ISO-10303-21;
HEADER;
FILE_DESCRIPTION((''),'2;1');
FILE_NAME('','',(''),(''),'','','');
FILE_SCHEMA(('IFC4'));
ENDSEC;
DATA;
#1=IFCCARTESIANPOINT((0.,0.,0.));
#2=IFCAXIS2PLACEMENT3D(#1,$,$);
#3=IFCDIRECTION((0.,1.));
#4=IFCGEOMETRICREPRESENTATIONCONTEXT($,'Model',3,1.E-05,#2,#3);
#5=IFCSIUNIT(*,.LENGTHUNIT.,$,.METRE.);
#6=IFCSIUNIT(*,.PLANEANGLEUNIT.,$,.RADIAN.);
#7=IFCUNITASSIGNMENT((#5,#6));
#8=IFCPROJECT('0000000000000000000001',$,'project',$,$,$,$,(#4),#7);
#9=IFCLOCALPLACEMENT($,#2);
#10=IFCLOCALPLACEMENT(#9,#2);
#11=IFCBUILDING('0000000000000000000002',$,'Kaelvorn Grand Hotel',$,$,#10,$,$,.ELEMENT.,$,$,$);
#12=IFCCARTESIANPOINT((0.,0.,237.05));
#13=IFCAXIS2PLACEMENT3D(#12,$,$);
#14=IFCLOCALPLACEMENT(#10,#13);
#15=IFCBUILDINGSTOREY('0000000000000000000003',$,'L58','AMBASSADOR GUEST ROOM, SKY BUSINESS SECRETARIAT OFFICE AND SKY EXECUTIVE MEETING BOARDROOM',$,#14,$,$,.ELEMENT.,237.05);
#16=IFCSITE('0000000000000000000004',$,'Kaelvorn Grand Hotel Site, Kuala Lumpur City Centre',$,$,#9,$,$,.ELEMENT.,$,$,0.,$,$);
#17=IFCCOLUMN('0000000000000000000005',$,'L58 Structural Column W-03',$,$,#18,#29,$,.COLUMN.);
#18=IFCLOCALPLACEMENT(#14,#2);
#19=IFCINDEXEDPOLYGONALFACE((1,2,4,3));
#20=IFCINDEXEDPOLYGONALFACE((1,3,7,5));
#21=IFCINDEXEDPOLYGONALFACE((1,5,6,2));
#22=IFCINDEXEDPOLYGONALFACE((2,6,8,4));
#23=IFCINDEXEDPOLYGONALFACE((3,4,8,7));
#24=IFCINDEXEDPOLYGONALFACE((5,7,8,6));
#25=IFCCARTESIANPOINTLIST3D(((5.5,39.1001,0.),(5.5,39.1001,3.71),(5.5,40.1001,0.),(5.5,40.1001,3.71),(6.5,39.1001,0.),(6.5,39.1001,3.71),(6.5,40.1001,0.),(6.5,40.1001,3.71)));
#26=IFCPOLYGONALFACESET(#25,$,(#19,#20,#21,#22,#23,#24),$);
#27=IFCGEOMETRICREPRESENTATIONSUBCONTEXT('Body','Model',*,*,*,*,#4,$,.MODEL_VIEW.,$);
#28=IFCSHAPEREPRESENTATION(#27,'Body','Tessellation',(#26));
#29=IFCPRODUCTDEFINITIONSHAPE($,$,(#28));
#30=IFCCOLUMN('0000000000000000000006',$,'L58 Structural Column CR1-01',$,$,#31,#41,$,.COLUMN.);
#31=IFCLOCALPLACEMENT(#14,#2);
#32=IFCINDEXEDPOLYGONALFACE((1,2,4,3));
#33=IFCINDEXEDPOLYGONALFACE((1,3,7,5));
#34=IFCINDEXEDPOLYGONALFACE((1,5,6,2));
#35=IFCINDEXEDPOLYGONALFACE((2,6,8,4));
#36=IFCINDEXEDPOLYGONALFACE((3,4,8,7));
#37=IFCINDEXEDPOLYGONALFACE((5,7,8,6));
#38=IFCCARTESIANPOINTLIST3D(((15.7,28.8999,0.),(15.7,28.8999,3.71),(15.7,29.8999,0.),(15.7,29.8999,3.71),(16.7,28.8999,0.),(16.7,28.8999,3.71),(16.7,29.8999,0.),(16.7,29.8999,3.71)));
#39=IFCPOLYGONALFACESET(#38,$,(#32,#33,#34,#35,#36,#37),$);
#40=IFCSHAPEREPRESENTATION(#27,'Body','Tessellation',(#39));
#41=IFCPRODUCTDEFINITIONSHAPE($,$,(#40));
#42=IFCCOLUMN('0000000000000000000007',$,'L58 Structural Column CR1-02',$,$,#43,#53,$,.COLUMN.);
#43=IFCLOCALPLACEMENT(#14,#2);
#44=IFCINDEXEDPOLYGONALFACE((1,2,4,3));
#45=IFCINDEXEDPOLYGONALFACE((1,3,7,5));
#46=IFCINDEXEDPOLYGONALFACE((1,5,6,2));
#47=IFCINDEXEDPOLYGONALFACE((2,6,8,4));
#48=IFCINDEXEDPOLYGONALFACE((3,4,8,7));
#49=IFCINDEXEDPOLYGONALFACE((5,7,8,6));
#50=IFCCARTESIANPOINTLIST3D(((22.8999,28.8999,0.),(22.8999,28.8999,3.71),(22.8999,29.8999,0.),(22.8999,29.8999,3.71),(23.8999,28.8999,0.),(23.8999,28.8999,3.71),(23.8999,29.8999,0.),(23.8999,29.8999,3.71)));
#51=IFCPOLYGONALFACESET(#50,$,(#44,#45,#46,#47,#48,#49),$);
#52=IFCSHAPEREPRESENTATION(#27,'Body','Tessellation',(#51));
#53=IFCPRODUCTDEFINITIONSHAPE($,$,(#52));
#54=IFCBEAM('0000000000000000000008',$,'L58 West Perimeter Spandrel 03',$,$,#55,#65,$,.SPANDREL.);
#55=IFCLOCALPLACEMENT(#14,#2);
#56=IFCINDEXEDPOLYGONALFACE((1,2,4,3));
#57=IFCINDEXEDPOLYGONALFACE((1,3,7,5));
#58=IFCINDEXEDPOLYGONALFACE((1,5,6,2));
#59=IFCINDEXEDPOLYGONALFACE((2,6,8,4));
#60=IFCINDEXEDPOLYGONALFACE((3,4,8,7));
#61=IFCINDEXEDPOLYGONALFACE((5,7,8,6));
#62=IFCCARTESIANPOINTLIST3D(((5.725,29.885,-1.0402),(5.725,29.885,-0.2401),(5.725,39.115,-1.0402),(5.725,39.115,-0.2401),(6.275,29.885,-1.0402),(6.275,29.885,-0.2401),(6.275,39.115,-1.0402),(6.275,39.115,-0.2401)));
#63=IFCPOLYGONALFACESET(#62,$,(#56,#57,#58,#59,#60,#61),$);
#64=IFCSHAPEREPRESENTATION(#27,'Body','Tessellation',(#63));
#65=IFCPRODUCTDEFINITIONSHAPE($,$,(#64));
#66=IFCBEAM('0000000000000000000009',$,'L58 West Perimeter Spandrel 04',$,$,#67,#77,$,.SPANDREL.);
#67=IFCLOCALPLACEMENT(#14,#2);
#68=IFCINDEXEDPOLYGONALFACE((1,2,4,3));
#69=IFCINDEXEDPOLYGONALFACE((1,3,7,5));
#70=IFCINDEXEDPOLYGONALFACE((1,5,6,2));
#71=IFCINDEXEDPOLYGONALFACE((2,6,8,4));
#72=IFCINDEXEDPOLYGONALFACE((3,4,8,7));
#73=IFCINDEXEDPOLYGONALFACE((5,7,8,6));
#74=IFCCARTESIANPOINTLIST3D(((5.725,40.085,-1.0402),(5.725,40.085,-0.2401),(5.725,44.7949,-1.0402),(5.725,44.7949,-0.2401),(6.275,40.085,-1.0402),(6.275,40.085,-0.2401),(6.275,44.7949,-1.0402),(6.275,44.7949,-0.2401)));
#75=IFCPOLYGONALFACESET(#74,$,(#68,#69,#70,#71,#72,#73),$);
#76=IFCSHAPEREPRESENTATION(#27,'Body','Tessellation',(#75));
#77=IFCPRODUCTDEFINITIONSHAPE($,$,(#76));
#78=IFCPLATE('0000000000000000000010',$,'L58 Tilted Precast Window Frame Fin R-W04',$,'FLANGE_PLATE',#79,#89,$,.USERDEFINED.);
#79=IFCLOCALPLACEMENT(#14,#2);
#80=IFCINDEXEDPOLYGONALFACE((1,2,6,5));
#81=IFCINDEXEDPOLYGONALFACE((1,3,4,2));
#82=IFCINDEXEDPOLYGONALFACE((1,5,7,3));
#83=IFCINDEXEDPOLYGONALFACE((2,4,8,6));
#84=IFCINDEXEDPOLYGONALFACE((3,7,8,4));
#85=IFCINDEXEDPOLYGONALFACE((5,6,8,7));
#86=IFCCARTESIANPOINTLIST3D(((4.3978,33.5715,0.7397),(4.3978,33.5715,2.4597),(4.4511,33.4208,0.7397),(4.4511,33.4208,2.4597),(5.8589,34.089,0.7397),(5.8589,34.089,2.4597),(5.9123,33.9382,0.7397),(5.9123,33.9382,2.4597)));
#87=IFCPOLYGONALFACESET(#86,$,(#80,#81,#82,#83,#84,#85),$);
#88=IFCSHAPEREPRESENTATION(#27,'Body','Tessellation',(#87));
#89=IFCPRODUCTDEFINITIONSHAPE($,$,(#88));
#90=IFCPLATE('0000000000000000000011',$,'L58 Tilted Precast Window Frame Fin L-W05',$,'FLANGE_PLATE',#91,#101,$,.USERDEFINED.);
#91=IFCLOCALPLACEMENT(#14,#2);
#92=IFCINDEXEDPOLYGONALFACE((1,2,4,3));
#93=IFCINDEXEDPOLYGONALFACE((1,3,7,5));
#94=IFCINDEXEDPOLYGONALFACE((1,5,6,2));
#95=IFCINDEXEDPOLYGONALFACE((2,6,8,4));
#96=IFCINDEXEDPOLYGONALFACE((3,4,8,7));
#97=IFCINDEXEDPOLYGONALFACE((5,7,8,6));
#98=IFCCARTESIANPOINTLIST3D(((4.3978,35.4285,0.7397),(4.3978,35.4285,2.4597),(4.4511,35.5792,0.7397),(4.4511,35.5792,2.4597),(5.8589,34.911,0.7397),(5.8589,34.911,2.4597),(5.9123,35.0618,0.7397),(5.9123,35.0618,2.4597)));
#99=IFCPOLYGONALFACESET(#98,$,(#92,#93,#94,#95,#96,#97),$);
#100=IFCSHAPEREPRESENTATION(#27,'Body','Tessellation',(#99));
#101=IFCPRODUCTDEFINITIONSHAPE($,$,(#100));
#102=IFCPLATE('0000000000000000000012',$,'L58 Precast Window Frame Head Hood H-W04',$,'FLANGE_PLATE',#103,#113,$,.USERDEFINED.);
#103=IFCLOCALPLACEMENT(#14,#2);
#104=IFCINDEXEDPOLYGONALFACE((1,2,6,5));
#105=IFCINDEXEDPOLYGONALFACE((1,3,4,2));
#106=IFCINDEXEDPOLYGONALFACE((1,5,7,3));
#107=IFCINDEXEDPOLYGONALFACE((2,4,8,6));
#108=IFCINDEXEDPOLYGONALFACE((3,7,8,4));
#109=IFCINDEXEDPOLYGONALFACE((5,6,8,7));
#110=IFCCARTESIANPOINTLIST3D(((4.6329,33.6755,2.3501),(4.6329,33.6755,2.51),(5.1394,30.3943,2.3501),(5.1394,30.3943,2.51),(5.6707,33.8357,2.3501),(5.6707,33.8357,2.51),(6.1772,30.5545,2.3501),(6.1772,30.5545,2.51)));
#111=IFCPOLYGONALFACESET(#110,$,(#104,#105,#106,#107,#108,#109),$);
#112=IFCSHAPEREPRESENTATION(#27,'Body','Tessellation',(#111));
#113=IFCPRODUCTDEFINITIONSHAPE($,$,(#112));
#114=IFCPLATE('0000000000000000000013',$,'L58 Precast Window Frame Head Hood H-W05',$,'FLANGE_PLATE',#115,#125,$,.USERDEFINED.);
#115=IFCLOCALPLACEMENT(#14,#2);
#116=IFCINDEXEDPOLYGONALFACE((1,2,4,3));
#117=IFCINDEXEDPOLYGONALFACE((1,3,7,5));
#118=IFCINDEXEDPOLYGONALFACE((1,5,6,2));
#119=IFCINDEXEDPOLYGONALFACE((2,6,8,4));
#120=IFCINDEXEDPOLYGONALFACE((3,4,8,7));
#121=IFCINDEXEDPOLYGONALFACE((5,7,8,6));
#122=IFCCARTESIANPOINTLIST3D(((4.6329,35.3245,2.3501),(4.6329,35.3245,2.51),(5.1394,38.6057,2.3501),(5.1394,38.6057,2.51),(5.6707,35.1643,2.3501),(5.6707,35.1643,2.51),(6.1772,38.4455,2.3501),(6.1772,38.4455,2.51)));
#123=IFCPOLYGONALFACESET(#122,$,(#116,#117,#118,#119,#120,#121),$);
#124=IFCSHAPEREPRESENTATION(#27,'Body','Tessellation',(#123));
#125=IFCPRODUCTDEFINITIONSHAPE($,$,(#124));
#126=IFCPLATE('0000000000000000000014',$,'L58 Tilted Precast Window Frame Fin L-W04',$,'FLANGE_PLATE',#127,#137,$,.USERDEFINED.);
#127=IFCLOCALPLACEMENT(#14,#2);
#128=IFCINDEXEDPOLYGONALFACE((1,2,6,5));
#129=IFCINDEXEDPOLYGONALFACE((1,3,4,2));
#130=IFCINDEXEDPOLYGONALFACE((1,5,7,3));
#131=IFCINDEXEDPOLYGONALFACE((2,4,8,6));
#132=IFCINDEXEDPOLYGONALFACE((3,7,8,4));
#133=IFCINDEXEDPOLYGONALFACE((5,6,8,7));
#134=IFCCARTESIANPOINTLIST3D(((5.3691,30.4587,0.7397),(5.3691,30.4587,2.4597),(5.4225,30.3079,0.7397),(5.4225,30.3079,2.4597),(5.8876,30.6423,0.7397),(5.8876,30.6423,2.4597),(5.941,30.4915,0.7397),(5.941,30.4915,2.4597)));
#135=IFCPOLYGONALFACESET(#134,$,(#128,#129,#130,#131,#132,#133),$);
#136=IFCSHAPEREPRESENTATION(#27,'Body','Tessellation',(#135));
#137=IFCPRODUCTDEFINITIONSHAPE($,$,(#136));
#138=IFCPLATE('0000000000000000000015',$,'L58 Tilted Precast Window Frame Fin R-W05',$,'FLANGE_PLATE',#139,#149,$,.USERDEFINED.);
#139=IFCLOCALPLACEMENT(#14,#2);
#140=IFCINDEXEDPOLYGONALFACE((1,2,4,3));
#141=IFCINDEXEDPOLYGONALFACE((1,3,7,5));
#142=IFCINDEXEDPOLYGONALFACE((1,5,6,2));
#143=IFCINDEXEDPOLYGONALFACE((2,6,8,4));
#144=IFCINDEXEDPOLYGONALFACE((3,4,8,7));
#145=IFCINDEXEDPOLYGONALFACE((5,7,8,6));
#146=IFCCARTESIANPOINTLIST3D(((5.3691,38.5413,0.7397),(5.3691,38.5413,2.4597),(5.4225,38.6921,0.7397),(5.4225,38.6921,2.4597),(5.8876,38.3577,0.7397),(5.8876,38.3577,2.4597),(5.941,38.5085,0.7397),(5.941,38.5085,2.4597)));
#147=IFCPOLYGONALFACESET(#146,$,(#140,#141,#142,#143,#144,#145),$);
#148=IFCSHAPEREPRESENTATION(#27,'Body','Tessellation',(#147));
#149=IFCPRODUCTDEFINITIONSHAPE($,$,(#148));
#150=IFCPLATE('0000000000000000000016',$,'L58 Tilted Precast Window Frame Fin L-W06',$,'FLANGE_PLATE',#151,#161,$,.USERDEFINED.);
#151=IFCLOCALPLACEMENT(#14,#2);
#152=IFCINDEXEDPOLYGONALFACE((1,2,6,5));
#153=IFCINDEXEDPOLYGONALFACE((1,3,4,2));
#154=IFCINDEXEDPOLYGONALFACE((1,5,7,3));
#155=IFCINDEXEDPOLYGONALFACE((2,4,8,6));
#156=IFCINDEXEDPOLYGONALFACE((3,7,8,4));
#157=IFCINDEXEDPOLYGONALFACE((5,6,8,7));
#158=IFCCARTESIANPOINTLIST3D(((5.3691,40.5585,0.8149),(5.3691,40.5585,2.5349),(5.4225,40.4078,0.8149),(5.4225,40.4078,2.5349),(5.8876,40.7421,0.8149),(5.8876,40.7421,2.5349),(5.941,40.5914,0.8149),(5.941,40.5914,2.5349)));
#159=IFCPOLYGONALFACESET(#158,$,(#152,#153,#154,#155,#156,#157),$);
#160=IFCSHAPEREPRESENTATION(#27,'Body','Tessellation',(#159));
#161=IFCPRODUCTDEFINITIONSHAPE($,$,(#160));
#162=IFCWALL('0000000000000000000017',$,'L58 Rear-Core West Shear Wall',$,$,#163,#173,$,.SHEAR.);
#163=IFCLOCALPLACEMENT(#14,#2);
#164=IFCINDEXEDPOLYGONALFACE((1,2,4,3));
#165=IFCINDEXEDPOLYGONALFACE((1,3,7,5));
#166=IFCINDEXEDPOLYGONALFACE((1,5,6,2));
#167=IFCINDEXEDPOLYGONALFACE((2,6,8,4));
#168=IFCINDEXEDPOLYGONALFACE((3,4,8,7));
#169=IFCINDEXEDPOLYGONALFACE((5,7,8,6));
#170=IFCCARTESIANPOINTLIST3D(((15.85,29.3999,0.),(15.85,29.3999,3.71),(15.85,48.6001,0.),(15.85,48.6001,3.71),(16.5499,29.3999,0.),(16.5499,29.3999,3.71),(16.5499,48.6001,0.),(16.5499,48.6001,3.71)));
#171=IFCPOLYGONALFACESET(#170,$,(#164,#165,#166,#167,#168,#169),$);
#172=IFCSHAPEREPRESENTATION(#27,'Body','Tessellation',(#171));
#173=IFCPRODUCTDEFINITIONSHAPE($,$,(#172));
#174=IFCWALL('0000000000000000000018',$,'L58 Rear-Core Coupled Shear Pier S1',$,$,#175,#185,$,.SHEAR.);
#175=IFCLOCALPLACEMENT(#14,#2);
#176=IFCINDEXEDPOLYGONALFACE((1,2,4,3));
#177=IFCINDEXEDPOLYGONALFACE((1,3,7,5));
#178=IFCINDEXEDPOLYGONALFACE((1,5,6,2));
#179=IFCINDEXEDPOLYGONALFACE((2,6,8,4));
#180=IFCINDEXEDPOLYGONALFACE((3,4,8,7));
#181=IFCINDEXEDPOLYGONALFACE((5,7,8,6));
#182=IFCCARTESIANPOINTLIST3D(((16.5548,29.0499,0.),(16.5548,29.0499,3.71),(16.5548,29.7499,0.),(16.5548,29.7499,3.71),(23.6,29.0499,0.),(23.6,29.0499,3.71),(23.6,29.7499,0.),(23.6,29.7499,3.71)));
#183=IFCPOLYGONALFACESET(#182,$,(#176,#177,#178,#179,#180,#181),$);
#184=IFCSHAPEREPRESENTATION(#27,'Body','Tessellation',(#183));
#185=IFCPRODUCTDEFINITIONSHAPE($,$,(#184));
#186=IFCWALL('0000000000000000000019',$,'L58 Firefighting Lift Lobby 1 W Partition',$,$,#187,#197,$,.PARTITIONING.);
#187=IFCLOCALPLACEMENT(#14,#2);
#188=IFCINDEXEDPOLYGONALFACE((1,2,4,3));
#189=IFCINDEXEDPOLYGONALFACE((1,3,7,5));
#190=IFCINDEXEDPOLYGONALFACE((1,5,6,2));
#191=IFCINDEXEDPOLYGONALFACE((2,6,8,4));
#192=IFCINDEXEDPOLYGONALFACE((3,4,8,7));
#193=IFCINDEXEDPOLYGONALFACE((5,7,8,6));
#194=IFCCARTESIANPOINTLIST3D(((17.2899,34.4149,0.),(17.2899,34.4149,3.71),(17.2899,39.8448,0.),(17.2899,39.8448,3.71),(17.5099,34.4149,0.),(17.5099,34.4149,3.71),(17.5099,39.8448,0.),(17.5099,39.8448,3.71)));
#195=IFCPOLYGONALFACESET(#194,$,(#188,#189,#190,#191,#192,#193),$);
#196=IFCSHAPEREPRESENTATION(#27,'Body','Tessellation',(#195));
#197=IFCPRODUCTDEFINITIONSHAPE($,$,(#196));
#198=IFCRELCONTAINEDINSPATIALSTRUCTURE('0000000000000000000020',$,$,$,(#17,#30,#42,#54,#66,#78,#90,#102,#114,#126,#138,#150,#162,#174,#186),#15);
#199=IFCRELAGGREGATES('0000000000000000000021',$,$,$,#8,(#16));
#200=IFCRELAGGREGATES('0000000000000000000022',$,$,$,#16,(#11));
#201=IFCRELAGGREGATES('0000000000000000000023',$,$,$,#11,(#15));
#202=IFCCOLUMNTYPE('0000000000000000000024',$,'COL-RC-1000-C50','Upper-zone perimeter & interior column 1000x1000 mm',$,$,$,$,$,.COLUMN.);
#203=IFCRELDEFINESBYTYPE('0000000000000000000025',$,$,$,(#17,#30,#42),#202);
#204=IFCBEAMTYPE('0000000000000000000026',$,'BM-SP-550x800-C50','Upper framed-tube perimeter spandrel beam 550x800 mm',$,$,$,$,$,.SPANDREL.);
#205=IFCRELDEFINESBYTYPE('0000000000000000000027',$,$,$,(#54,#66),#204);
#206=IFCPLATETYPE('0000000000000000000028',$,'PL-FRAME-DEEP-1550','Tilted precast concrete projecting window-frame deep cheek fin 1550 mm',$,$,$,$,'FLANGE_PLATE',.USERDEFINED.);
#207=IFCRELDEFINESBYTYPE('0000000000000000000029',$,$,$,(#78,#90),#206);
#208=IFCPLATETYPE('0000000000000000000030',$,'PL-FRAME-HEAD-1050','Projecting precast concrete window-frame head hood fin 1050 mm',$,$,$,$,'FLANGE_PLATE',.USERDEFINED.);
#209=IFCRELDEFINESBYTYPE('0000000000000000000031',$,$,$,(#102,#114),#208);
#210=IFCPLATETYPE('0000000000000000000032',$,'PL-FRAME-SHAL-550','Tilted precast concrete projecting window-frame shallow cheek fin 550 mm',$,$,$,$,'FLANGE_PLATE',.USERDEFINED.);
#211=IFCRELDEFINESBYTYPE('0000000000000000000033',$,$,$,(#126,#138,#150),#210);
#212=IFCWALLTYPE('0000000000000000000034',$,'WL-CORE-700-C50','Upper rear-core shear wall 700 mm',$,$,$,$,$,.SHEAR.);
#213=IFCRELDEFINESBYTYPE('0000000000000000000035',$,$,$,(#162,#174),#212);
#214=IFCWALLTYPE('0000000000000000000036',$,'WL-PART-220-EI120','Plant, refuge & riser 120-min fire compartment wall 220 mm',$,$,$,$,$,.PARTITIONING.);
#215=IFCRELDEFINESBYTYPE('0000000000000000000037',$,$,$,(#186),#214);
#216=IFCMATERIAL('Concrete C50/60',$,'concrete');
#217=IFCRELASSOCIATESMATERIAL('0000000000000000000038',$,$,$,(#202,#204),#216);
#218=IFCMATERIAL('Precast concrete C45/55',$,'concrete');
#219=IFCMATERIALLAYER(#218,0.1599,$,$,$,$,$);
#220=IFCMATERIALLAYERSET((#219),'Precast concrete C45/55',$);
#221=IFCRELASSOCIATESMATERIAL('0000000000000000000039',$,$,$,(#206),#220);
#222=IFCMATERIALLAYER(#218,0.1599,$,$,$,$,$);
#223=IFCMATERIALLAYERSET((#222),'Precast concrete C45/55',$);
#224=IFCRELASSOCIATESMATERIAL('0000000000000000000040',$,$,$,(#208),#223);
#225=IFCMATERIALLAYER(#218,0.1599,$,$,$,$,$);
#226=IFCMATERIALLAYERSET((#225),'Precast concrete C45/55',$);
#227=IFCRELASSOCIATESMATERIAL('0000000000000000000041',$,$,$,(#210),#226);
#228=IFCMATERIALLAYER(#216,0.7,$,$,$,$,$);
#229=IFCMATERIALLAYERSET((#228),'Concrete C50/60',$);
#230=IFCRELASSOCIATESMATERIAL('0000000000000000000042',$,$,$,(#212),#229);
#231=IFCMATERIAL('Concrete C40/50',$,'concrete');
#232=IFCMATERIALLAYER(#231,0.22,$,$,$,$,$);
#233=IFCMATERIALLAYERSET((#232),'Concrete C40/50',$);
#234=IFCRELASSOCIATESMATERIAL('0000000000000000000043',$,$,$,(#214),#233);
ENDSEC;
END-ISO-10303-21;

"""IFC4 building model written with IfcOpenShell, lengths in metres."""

from ifc_helpers import new_model, si_unit, direction, frame, frame_2d, origin, origin_2d, place, context, subcontext, project, spatial, rectangle, extrude, material, layer, layer_set, material_profile, profile_set, type_object, element, save


model = new_model("IFC4")

# Units and contexts
model_context = context("Model", 3, precision=1e-05, world=origin(), true_north=direction((0.0, 1.0)))
body_context = subcontext(model_context, "Body", "Model", "MODEL_VIEW")
ifc_project = project(units=[si_unit("LENGTHUNIT", "METRE"), si_unit("PLANEANGLEUNIT", "RADIAN")], contexts=[model_context])

# Site, building, storey
site_placement = place(None, origin())
site = spatial("IfcSite", under=ifc_project, at=site_placement, Name="Kaelvorn Grand Hotel Site, Kuala Lumpur City Centre", CompositionType="ELEMENT", RefElevation=0.0)
building_placement = place(site_placement, origin())
building = spatial("IfcBuilding", under=site, at=building_placement, Name="Kaelvorn Grand Hotel", CompositionType="ELEMENT")
storey_placement = place(building_placement, frame((0.0, 0.0, 237.05)))
storey = spatial("IfcBuildingStorey", under=building, at=storey_placement, Name="L58", Description="AMBASSADOR GUEST ROOM, SKY BUSINESS SECRETARIAT OFFICE AND SKY EXECUTIVE MEETING BOARDROOM", CompositionType="ELEMENT", Elevation=237.05)

# Columns
ifc_material_1 = material(Name="Concrete C50/60", Category="concrete")
ifc_material_profile_1 = material_profile(ifc_material_1, rectangle(XDim=1.0, YDim=1.0, at=origin_2d()), Name="RC COL 1000x1000")
ifc_profile_set_1 = profile_set([ifc_material_profile_1], Name="Concrete C50/60")
column_type = type_object("IfcColumnType", Name="COL-RC-1000-C50", Description="Upper-zone perimeter & interior column 1000x1000 mm", PredefinedType="COLUMN", material=ifc_profile_set_1)
for number, where, z_axis, x_axis, name in (
    (1, (6.0, 39.6001, 0.0), (0.0, 0.0, 1.0), (1.0, 0.0, 0.0), "L58 Structural Column W-03"),
    (2, (16.2, 29.3999, 0.0), (0.0, 0.0, 1.0), (1.0, 0.0, 0.0), "L58 Structural Column CR1-01"),
    (3, (23.3999, 29.3999, 0.0), (0.0, 0.0, 1.0), (1.0, 0.0, 0.0), "L58 Structural Column CR1-02"),
):
    element("IfcColumn", number, at=place(storey_placement, frame(where, z_axis=z_axis, x_axis=x_axis)), inside=storey, type_object=column_type, Name=name, PredefinedType="COLUMN", context=body_context, shape_type="SweptSolid", body=[
        extrude(rectangle(XDim=1.0, YDim=1.0, at=origin_2d()), origin(), (0.0, 0.0, 1.0), 3.71),
    ])

# Beams
ifc_material_profile_2 = material_profile(ifc_material_1, rectangle(XDim=0.55, YDim=0.8, at=origin_2d()), Name="RC SPANDREL 550x800")
ifc_profile_set_2 = profile_set([ifc_material_profile_2], Name="Concrete C50/60")
beam_type = type_object("IfcBeamType", Name="BM-SP-550x800-C50", Description="Upper framed-tube perimeter spandrel beam 550x800 mm", PredefinedType="SPANDREL", material=ifc_profile_set_2)
beam_1_placement = place(storey_placement, frame((6.0, 29.885, -0.6401), z_axis=(0.0, 1.0, 0.0), x_axis=(-1.0, 0.0, 0.0)))
element("IfcBeam", 4, at=beam_1_placement, inside=storey, type_object=beam_type, Name="L58 West Perimeter Spandrel 03", PredefinedType="SPANDREL", context=body_context, shape_type="SweptSolid", body=[
    extrude(rectangle(XDim=0.55, YDim=0.8, at=origin_2d()), origin(), (0.0, 0.0, 1.0), 9.23),
])
beam_2_placement = place(storey_placement, frame((6.0, 40.085, -0.6401), z_axis=(0.0, 1.0, 0.0), x_axis=(-1.0, 0.0, 0.0)))
element("IfcBeam", 5, at=beam_2_placement, inside=storey, type_object=beam_type, Name="L58 West Perimeter Spandrel 04", PredefinedType="SPANDREL", context=body_context, shape_type="SweptSolid", body=[
    extrude(rectangle(XDim=0.55, YDim=0.8, at=origin_2d()), origin(), (0.0, 0.0, 1.0), 4.71),
])

# Plates
ifc_material_2 = material(Name="Precast concrete C45/55", Category="concrete")
ifc_layer_1 = layer(ifc_material_2, 0.1599)
ifc_layer_set_1 = layer_set([ifc_layer_1], Name="Precast concrete C45/55")
plate_type_1 = type_object("IfcPlateType", Name="PL-FRAME-DEEP-1550", Description="Tilted precast concrete projecting window-frame deep cheek fin 1550 mm", ElementType="FLANGE_PLATE", PredefinedType="USERDEFINED", material=ifc_layer_set_1)
for number, where, z_axis, x_axis, name in (
    (6, (5.155, 33.7549, 0.7397), (0.0, 0.0, 1.0), (-0.333807, 0.942641, 0.0), "L58 Tilted Precast Window Frame Fin R-W04"),
    (7, (5.155, 35.2451, 0.7397), (0.0, 0.0, 1.0), (0.333807, 0.942641, 0.0), "L58 Tilted Precast Window Frame Fin L-W05"),
):
    element("IfcPlate", number, at=place(storey_placement, frame(where, z_axis=z_axis, x_axis=x_axis)), inside=storey, type_object=plate_type_1, Name=name, ObjectType="FLANGE_PLATE", PredefinedType="USERDEFINED", context=body_context, shape_type="SweptSolid", body=[
        extrude(rectangle(XDim=0.1599, YDim=1.55, at=origin_2d()), origin(), (0.0, 0.0, 1.0), 1.72),
    ])
ifc_layer_2 = layer(ifc_material_2, 0.1599)
ifc_layer_set_2 = layer_set([ifc_layer_2], Name="Precast concrete C45/55")
plate_type_2 = type_object("IfcPlateType", Name="PL-FRAME-HEAD-1050", Description="Projecting precast concrete window-frame head hood fin 1050 mm", ElementType="FLANGE_PLATE", PredefinedType="USERDEFINED", material=ifc_layer_set_2)
for number, where, z_axis, x_axis, name in (
    (8, (5.405, 32.115, 2.3501), (0.0, 0.0, 1.0), (-0.152555, 0.988295, 0.0), "L58 Precast Window Frame Head Hood H-W04"),
    (9, (5.405, 36.885, 2.3501), (0.0, 0.0, 1.0), (0.152555, 0.988295, 0.0), "L58 Precast Window Frame Head Hood H-W05"),
):
    element("IfcPlate", number, at=place(storey_placement, frame(where, z_axis=z_axis, x_axis=x_axis)), inside=storey, type_object=plate_type_2, Name=name, ObjectType="FLANGE_PLATE", PredefinedType="USERDEFINED", context=body_context, shape_type="SweptSolid", body=[
        extrude(rectangle(XDim=3.3201, YDim=1.05, at=origin_2d()), origin(), (0.0, 0.0, 1.0), 0.1599),
    ])
ifc_layer_3 = layer(ifc_material_2, 0.1599)
ifc_layer_set_3 = layer_set([ifc_layer_3], Name="Precast concrete C45/55")
plate_type_3 = type_object("IfcPlateType", Name="PL-FRAME-SHAL-550", Description="Tilted precast concrete projecting window-frame shallow cheek fin 550 mm", ElementType="FLANGE_PLATE", PredefinedType="USERDEFINED", material=ifc_layer_set_3)
for number, where, z_axis, x_axis, name in (
    (10, (5.655, 30.4751, 0.7397), (0.0, 0.0, 1.0), (-0.333807, 0.942641, 0.0), "L58 Tilted Precast Window Frame Fin L-W04"),
    (11, (5.655, 38.5249, 0.7397), (0.0, 0.0, 1.0), (0.333807, 0.942641, 0.0), "L58 Tilted Precast Window Frame Fin R-W05"),
    (12, (5.655, 40.575, 0.8149), (0.0, 0.0, 1.0), (-0.333807, 0.942641, 0.0), "L58 Tilted Precast Window Frame Fin L-W06"),
):
    element("IfcPlate", number, at=place(storey_placement, frame(where, z_axis=z_axis, x_axis=x_axis)), inside=storey, type_object=plate_type_3, Name=name, ObjectType="FLANGE_PLATE", PredefinedType="USERDEFINED", context=body_context, shape_type="SweptSolid", body=[
        extrude(rectangle(XDim=0.1599, YDim=0.55, at=origin_2d()), origin(), (0.0, 0.0, 1.0), 1.72),
    ])

# Walls
ifc_layer_4 = layer(ifc_material_1, 0.7)
ifc_layer_set_4 = layer_set([ifc_layer_4], Name="Concrete C50/60")
wall_type_1 = type_object("IfcWallType", Name="WL-CORE-700-C50", Description="Upper rear-core shear wall 700 mm", PredefinedType="SHEAR", material=ifc_layer_set_4)
wall_1_placement = place(storey_placement, frame((16.2, 29.3999, 0.0), z_axis=(0.0, 0.0, 1.0), x_axis=(0.0, 1.0, 0.0)))
element("IfcWall", 13, at=wall_1_placement, inside=storey, type_object=wall_type_1, Name="L58 Rear-Core West Shear Wall", PredefinedType="SHEAR", context=body_context, shape_type="SweptSolid", body=[
    extrude(rectangle(XDim=19.2002, YDim=0.7, at=frame_2d((9.6001, 0.0))), origin(), (0.0, 0.0, 1.0), 3.71),
])
wall_2_placement = place(storey_placement, frame((16.5549, 29.3999, 0.0), z_axis=(0.0, 0.0, 1.0), x_axis=(1.0, 0.0, 0.0)))
element("IfcWall", 14, at=wall_2_placement, inside=storey, type_object=wall_type_1, Name="L58 Rear-Core Coupled Shear Pier S1", PredefinedType="SHEAR", context=body_context, shape_type="SweptSolid", body=[
    extrude(rectangle(XDim=7.0452, YDim=0.7, at=frame_2d((3.5225, 0.0))), origin(), (0.0, 0.0, 1.0), 3.71),
])

# Shared definitions
ifc_material_3 = material(Name="Concrete C40/50", Category="concrete")
ifc_layer_5 = layer(ifc_material_3, 0.22)
ifc_layer_set_5 = layer_set([ifc_layer_5], Name="Concrete C40/50")
wall_type_2 = type_object("IfcWallType", Name="WL-PART-220-EI120", Description="Plant, refuge & riser 120-min fire compartment wall 220 mm", PredefinedType="PARTITIONING", material=ifc_layer_set_5)

# Wall
wall_3_placement = place(storey_placement, frame((17.3999, 34.415, 0.0), z_axis=(0.0, 0.0, 1.0), x_axis=(0.0, 1.0, 0.0)))
element("IfcWall", 15, at=wall_3_placement, inside=storey, type_object=wall_type_2, Name="L58 Firefighting Lift Lobby 1 W Partition", PredefinedType="PARTITIONING", context=body_context, shape_type="SweptSolid", body=[
    extrude(rectangle(XDim=5.4299, YDim=0.22, at=frame_2d((2.7148, 0.0))), origin(), (0.0, 0.0, 1.0), 3.71),
])

save(model, "model.ifc")
